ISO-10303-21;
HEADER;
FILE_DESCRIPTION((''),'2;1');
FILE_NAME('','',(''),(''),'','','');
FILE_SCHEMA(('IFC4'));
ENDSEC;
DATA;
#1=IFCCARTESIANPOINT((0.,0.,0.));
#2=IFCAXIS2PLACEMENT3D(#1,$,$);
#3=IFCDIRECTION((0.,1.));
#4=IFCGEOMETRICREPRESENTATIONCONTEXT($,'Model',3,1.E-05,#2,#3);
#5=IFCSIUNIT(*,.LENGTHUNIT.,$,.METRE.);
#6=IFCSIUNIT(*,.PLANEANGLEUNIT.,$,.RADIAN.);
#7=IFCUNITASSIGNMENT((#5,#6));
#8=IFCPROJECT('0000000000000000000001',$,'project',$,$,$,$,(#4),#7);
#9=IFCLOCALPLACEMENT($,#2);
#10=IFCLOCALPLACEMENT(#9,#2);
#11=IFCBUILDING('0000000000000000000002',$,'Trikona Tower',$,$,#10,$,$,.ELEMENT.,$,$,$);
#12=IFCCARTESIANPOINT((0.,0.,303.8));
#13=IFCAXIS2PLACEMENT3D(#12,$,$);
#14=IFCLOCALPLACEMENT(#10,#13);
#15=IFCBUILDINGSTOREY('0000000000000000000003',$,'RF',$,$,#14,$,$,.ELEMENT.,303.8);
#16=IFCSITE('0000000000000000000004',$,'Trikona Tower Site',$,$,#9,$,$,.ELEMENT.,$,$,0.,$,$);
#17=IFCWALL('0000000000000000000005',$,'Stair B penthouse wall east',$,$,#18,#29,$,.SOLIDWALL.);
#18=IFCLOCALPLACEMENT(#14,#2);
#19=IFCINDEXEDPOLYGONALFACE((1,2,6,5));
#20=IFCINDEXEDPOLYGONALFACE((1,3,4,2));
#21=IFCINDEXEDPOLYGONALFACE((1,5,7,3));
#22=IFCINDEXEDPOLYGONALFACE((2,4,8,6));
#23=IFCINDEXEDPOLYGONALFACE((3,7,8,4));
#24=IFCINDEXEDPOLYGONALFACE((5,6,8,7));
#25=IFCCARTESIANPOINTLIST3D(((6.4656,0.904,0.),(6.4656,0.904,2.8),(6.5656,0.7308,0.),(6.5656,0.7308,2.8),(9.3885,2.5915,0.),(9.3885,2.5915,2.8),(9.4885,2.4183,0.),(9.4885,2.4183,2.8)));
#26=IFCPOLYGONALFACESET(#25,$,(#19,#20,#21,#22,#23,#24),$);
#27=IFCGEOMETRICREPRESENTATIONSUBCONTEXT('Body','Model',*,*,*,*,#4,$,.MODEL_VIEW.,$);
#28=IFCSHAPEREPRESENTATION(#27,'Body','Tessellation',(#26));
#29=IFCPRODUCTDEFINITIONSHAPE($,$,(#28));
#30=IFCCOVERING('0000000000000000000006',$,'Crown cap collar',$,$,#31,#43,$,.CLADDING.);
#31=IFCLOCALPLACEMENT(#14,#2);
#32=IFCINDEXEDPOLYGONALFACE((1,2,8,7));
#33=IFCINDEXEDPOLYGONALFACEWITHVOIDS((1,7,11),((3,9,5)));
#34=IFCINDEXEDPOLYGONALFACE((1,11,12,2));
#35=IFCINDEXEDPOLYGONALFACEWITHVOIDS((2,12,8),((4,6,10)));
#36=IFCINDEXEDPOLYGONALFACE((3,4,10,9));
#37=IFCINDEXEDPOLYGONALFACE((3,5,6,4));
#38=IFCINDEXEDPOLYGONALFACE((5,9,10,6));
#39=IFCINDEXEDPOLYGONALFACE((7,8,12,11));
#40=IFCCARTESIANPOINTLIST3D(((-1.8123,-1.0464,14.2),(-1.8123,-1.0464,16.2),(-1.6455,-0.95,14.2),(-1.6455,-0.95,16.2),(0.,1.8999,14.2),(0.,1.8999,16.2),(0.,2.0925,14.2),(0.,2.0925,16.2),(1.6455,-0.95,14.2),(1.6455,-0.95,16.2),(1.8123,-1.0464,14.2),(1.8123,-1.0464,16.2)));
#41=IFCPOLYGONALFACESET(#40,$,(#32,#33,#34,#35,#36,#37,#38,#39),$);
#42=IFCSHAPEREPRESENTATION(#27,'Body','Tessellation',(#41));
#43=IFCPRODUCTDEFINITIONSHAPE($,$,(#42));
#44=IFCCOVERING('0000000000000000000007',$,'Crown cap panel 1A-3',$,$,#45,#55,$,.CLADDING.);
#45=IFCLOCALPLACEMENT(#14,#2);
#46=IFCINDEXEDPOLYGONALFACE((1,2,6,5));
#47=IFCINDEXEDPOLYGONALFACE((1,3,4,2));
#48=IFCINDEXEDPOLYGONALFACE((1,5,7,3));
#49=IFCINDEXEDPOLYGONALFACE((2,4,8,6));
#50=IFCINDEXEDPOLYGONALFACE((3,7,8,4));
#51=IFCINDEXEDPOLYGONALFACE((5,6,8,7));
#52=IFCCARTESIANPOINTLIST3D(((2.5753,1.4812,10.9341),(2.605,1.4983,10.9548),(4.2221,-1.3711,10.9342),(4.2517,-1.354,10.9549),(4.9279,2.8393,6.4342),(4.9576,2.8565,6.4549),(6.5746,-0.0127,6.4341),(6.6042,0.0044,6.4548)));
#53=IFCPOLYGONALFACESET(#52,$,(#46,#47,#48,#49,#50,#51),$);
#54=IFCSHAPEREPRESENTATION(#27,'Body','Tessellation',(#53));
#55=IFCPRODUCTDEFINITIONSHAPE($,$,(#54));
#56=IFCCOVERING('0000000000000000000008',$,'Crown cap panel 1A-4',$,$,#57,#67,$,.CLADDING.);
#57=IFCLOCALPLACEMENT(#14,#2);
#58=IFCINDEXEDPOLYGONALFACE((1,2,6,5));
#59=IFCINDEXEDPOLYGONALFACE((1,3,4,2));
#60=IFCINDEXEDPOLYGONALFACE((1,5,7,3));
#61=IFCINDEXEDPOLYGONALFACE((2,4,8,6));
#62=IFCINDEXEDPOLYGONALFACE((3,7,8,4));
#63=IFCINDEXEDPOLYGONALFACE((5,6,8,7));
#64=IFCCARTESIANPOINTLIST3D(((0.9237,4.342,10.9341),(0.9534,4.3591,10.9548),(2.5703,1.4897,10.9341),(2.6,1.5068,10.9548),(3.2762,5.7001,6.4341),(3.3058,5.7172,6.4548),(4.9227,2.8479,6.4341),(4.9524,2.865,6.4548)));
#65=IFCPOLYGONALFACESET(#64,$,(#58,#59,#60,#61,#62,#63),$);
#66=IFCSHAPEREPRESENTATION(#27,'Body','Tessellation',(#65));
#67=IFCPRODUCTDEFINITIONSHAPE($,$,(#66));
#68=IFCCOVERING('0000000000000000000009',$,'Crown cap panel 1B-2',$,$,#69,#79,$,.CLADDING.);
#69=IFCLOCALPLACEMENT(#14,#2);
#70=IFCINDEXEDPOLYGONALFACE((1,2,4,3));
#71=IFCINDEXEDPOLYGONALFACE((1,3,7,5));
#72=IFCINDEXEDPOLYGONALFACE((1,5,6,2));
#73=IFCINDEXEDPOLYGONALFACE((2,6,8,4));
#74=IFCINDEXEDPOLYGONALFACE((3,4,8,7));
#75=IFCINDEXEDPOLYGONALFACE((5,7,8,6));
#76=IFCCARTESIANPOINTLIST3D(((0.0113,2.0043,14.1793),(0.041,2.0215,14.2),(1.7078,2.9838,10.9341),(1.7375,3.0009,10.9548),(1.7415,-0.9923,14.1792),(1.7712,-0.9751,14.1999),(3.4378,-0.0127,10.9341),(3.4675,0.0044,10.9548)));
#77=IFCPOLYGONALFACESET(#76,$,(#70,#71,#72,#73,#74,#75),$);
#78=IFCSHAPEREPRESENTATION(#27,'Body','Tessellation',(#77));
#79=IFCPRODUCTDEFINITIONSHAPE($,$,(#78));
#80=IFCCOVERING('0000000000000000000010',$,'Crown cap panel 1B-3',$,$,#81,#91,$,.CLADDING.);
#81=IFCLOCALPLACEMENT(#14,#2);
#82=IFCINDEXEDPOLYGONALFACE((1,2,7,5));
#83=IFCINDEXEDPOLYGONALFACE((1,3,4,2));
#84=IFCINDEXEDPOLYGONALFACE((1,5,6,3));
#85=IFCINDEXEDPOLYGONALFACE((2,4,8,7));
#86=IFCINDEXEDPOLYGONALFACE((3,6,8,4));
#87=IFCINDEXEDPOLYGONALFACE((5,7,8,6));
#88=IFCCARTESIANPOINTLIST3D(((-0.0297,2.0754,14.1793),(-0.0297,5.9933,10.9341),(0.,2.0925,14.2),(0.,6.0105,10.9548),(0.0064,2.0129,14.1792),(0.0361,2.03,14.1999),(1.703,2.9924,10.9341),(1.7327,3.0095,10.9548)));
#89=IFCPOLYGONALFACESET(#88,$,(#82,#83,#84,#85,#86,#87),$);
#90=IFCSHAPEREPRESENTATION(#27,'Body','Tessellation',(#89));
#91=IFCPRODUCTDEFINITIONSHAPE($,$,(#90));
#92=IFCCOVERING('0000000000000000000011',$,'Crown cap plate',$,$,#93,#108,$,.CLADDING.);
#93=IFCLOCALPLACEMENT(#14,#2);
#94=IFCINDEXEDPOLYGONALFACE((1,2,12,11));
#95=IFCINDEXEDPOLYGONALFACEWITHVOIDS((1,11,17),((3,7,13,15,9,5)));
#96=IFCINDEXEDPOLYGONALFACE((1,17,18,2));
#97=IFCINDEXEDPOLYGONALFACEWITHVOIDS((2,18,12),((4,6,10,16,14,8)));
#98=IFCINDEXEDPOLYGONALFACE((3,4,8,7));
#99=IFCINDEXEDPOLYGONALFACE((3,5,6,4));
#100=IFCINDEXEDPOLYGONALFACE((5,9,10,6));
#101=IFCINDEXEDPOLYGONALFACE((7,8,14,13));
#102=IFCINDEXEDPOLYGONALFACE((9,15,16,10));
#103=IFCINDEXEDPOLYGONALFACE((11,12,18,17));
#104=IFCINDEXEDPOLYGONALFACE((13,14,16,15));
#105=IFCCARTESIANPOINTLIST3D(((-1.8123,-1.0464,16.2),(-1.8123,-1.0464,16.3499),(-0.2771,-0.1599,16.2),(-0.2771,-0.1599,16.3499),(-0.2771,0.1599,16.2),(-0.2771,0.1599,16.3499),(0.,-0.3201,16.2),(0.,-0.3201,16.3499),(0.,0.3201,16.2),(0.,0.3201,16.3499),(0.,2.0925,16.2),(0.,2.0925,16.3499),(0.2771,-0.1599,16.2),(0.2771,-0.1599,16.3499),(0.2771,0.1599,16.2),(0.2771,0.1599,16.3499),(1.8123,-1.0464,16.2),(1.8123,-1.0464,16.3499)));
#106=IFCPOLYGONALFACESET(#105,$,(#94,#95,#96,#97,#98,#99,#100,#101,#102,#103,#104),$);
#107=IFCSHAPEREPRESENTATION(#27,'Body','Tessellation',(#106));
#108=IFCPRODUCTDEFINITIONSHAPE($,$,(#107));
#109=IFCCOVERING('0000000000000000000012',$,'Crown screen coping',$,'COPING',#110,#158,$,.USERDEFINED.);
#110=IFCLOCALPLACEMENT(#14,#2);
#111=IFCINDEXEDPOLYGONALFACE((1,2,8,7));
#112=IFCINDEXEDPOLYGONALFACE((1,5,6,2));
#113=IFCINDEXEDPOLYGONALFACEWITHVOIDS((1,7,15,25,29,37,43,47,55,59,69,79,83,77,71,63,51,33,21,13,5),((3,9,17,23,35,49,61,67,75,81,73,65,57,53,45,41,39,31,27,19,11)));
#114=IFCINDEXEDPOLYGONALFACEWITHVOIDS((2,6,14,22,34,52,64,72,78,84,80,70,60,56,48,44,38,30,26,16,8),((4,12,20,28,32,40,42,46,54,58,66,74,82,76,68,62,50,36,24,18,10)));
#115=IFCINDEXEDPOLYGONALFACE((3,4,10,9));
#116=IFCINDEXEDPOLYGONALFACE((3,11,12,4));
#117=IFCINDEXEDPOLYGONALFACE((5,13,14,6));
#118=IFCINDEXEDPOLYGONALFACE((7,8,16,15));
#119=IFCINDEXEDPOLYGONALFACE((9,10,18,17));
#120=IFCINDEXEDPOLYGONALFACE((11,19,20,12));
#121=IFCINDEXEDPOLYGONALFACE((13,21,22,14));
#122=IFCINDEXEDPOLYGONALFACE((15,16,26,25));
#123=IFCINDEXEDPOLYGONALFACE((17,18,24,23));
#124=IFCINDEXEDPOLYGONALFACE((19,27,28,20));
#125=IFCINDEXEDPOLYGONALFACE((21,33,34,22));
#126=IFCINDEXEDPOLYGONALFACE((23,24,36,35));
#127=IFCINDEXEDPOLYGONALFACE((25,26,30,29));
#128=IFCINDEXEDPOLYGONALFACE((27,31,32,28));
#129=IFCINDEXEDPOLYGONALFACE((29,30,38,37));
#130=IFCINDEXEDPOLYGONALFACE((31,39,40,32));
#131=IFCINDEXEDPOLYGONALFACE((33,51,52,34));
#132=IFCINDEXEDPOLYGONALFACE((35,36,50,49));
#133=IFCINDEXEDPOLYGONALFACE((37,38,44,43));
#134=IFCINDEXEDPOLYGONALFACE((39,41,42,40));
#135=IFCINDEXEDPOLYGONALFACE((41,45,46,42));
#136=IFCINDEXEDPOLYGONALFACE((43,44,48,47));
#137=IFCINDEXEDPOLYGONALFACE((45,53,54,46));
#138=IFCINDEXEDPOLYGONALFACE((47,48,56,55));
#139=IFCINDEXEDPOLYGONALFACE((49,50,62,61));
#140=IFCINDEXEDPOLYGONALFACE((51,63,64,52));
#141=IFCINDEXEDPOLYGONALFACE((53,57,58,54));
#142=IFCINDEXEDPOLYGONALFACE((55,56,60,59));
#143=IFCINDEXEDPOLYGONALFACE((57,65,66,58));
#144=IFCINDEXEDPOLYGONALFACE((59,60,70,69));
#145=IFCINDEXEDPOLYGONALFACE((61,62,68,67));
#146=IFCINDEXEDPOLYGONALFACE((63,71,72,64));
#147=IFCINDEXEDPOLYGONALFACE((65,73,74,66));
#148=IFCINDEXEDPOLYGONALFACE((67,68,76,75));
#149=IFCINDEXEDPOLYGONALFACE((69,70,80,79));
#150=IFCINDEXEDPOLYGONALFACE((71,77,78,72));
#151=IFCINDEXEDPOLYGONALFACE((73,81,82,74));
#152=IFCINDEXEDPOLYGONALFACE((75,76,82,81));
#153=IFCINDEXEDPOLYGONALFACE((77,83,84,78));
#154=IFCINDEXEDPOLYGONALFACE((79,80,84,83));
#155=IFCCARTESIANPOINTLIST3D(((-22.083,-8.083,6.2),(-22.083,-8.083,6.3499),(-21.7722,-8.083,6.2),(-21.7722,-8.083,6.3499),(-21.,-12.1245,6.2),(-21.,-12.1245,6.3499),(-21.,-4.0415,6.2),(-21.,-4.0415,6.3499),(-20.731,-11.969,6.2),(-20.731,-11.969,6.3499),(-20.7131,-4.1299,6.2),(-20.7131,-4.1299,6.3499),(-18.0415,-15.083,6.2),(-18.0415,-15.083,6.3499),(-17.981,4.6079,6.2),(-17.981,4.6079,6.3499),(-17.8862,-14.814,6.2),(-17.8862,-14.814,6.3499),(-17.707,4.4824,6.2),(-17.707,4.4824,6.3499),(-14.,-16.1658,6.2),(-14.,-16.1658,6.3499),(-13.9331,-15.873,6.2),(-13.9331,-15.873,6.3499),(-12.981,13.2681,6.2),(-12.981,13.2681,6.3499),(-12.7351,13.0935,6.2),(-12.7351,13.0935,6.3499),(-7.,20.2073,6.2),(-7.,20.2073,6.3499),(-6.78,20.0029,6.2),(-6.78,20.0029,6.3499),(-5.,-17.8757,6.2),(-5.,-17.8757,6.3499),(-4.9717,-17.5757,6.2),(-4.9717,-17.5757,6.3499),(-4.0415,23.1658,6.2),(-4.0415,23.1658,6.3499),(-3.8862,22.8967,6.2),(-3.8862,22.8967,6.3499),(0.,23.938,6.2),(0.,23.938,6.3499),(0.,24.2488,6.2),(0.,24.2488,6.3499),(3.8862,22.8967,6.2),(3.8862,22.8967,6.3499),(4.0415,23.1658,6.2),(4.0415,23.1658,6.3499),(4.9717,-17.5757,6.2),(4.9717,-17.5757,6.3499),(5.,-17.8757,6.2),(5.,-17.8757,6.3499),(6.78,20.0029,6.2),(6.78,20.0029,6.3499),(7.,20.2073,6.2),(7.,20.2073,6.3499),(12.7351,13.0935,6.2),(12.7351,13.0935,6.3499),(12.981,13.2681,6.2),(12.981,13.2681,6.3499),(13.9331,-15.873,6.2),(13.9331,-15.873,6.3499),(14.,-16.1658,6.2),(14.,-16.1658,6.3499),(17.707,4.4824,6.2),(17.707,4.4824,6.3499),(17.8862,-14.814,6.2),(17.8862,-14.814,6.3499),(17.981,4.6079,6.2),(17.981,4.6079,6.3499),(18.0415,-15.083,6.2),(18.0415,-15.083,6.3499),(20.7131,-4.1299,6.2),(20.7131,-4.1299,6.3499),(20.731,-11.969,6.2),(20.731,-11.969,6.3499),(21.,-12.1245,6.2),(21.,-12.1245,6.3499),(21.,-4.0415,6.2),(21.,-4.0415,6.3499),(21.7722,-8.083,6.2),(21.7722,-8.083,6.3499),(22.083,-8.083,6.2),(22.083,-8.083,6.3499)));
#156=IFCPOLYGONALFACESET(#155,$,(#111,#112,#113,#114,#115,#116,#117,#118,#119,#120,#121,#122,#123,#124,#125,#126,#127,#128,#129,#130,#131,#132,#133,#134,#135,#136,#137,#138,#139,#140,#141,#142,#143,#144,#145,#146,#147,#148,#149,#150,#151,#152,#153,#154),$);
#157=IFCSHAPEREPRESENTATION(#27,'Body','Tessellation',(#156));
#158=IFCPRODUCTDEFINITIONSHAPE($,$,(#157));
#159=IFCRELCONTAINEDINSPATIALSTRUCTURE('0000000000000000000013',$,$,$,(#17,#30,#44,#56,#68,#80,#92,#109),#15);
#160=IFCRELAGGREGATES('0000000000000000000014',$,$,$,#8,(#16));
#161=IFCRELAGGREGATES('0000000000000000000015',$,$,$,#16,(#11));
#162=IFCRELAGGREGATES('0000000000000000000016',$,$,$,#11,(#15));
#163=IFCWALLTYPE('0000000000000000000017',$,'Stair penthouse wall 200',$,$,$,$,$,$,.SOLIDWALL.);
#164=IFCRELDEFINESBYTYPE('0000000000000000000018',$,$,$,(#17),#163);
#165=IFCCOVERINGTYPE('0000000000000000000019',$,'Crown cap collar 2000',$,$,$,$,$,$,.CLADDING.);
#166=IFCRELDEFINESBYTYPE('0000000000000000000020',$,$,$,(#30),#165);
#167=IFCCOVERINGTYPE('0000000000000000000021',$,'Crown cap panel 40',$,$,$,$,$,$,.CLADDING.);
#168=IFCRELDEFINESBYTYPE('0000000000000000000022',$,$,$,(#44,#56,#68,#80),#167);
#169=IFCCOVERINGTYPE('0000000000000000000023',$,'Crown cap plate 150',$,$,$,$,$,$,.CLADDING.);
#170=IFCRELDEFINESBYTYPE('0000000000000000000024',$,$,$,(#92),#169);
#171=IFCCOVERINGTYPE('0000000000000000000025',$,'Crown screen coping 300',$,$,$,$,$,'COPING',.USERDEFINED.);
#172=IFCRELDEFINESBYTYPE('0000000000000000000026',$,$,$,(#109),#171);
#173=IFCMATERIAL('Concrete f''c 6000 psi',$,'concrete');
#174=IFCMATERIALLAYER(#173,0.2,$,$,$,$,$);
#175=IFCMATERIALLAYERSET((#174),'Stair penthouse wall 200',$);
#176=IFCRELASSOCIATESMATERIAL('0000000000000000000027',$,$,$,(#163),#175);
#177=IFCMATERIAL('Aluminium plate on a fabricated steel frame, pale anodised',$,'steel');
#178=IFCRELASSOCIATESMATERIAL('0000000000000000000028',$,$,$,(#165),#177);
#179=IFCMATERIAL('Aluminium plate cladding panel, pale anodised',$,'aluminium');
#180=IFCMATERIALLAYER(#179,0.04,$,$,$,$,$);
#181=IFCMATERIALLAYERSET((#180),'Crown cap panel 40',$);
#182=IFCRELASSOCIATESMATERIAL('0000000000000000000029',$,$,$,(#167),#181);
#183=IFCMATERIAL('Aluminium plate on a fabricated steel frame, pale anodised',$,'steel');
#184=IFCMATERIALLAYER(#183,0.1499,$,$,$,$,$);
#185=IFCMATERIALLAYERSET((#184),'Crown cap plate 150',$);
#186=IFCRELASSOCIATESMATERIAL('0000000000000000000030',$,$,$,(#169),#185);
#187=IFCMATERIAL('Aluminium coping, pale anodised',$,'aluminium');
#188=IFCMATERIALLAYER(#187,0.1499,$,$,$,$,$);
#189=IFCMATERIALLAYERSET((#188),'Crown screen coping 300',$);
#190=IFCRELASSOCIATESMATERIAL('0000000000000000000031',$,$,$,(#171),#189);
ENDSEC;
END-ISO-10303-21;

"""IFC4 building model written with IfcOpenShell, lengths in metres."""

from ifc_helpers import new_model, si_unit, direction, frame, frame_2d, origin, place, context, subcontext, project, spatial, polyline, rectangle, outline, extrude, material, layer, layer_set, type_object, element, save


model = new_model("IFC4")

# Units and contexts
model_context = context("Model", 3, precision=1e-05, world=origin(), true_north=direction((0.0, 1.0)))
body_context = subcontext(model_context, "Body", "Model", "MODEL_VIEW")
ifc_project = project(units=[si_unit("LENGTHUNIT", "METRE"), si_unit("PLANEANGLEUNIT", "RADIAN")], contexts=[model_context])

# Site, building, storey
site_placement = place(None, origin())
site = spatial("IfcSite", under=ifc_project, at=site_placement, Name="Trikona Tower Site", CompositionType="ELEMENT", RefElevation=0.0)
building_placement = place(site_placement, origin())
building = spatial("IfcBuilding", under=site, at=building_placement, Name="Trikona Tower", CompositionType="ELEMENT")
storey_placement = place(building_placement, frame((0.0, 0.0, 303.8)))
storey = spatial("IfcBuildingStorey", under=building, at=storey_placement, Name="RF", CompositionType="ELEMENT", Elevation=303.8)

# Wall
ifc_material_1 = material(Name="Concrete f'c 6000 psi", Category="concrete")
ifc_layer_1 = layer(ifc_material_1, 0.2)
ifc_layer_set_1 = layer_set([ifc_layer_1], Name="Stair penthouse wall 200")
wall_type = type_object("IfcWallType", Name="Stair penthouse wall 200", PredefinedType="SOLIDWALL", material=ifc_layer_set_1)
wall_placement = place(storey_placement, frame((6.5156, 0.8174, 0.0), z_axis=(0.0, 0.0, 1.0), x_axis=(0.866027, 0.499998, 0.0)))
element("IfcWall", 1, at=wall_placement, inside=storey, type_object=wall_type, Name="Stair B penthouse wall east", PredefinedType="SOLIDWALL", context=body_context, shape_type="SweptSolid", body=[
    extrude(rectangle(XDim=3.375, YDim=0.2, at=frame_2d((1.6875, 0.0))), origin(), (0.0, 0.0, 1.0), 2.8),
])

# Coverings
ifc_material_2 = material(Name="Aluminium plate on a fabricated steel frame, pale anodised", Category="steel")
covering_type_1 = type_object("IfcCoveringType", Name="Crown cap collar 2000", PredefinedType="CLADDING", material=ifc_material_2)
covering_1_placement = place(storey_placement, frame((0.0, 0.0, 14.2)))
element("IfcCovering", 2, at=covering_1_placement, inside=storey, type_object=covering_type_1, Name="Crown cap collar", PredefinedType="CLADDING", context=body_context, shape_type="SweptSolid", body=[
    extrude(outline(polyline([(1.8123, -1.0464), (0.0, 2.0925), (-1.8123, -1.0464), (1.8123, -1.0464)]), holes=[polyline([(1.6455, -0.95), (0.0, 1.8999), (-1.6455, -0.95), (1.6455, -0.95)])]), origin(), (0.0, 0.0, 1.0), 2.0),
])
ifc_material_3 = material(Name="Aluminium plate cladding panel, pale anodised", Category="aluminium")
ifc_layer_2 = layer(ifc_material_3, 0.04)
ifc_layer_set_2 = layer_set([ifc_layer_2], Name="Crown cap panel 40")
covering_type_2 = type_object("IfcCoveringType", Name="Crown cap panel 40", PredefinedType="CLADDING", material=ifc_layer_set_2)
covering_2_placement = place(storey_placement, frame((6.6042, 0.0044, 6.4548), z_axis=(0.741406, 0.428058, 0.516802), x_axis=(-0.50001, 0.86602, 0.000008)))
element("IfcCovering", 3, at=covering_2_placement, inside=storey, type_object=covering_type_2, Name="Crown cap panel 1A-3", PredefinedType="CLADDING", context=body_context, shape_type="SweptSolid", body=[
    extrude(outline(polyline([(0.0, 0.0), (3.2933, 0.0), (3.2935, 5.2563), (-0.0001, 5.2564), (0.0, 0.0)])), origin(), (0.0, 0.0, -1.0), 0.04),
])
covering_3_placement = place(storey_placement, frame((4.9524, 2.865, 6.4548), z_axis=(0.74144, 0.428027, 0.516778), x_axis=(-0.499955, 0.866052, -0.000014)))
element("IfcCovering", 4, at=covering_3_placement, inside=storey, type_object=covering_type_2, Name="Crown cap panel 1A-4", PredefinedType="CLADDING", context=body_context, shape_type="SweptSolid", body=[
    extrude(outline(polyline([(0.0, 0.0), (3.2934, 0.0), (3.2933, 5.2563), (-0.0003, 5.2562), (0.0, 0.0)])), origin(), (0.0, 0.0, -1.0), 0.04),
])
covering_4_placement = place(storey_placement, frame((3.4675, 0.0044, 10.9548), z_axis=(0.741415, 0.428062, 0.516785), x_axis=(-0.499998, 0.866026, -0.000014)))
element("IfcCovering", 5, at=covering_4_placement, inside=storey, type_object=covering_type_2, Name="Crown cap panel 1B-2", PredefinedType="CLADDING", context=body_context, shape_type="SweptSolid", body=[
    extrude(outline(polyline([(0.0, 0.0), (3.4601, 0.0), (3.4601, 3.7906), (-0.0002, 3.7905), (0.0, 0.0)])), origin(), (0.0, 0.0, -1.0), 0.04),
])
covering_5_placement = place(storey_placement, frame((1.7327, 3.0095, 10.9548), z_axis=(0.741392, 0.428067, 0.516813), x_axis=(-0.500018, 0.866015, -0.000005)))
element("IfcCovering", 6, at=covering_5_placement, inside=storey, type_object=covering_type_2, Name="Crown cap panel 1B-3", PredefinedType="CLADDING", context=body_context, shape_type="SweptSolid", body=[
    extrude(outline(polyline([(0.0, 0.0), (3.4653, 0.0), (0.0722, 3.7906), (0.0, 3.7906), (0.0, 0.0)])), origin(), (0.0, 0.0, -1.0), 0.04),
])
ifc_material_4 = material(Name="Aluminium plate on a fabricated steel frame, pale anodised", Category="steel")
ifc_layer_3 = layer(ifc_material_4, 0.1499)
ifc_layer_set_3 = layer_set([ifc_layer_3], Name="Crown cap plate 150")
covering_type_3 = type_object("IfcCoveringType", Name="Crown cap plate 150", PredefinedType="CLADDING", material=ifc_layer_set_3)
covering_6_placement = place(storey_placement, frame((0.0, 0.0, 16.2)))
element("IfcCovering", 7, at=covering_6_placement, inside=storey, type_object=covering_type_3, Name="Crown cap plate", PredefinedType="CLADDING", context=body_context, shape_type="SweptSolid", body=[
    extrude(outline(polyline([(1.8123, -1.0464), (0.0, 2.0925), (-1.8123, -1.0464), (1.8123, -1.0464)]), holes=[polyline([(0.2771, 0.1599), (0.0, 0.3201), (-0.2771, 0.1599), (-0.2771, -0.1599), (0.0, -0.3201), (0.2771, -0.1599), (0.2771, 0.1599)])]), origin(), (0.0, 0.0, 1.0), 0.1499),
])
ifc_material_5 = material(Name="Aluminium coping, pale anodised", Category="aluminium")
ifc_layer_4 = layer(ifc_material_5, 0.1499)
ifc_layer_set_4 = layer_set([ifc_layer_4], Name="Crown screen coping 300")
covering_type_4 = type_object("IfcCoveringType", Name="Crown screen coping 300", ElementType="COPING", PredefinedType="USERDEFINED", material=ifc_layer_set_4)
covering_7_placement = place(storey_placement, frame((0.0, 0.0, 6.2)))
element("IfcCovering", 8, at=covering_7_placement, inside=storey, type_object=covering_type_4, Name="Crown screen coping", ObjectType="COPING", PredefinedType="USERDEFINED", context=body_context, shape_type="SweptSolid", body=[
    extrude(outline(polyline([(-14.0, -16.1658), (-18.0415, -15.083), (-21.0, -12.1245), (-22.083, -8.083), (-21.0, -4.0415), (-17.981, 4.6079), (-12.981, 13.2681), (-7.0, 20.2073), (-4.0415, 23.1658), (0.0, 24.2488), (4.0415, 23.1658), (7.0, 20.2073), (12.981, 13.2681), (17.981, 4.6079), (21.0, -4.0415), (22.083, -8.083), (21.0, -12.1245), (18.0415, -15.083), (14.0, -16.1658), (5.0, -17.8757), (-5.0, -17.8757), (-14.0, -16.1658)]), holes=[polyline([(-13.9331, -15.873), (-17.8862, -14.814), (-20.731, -11.969), (-21.7722, -8.083), (-20.7131, -4.1299), (-17.707, 4.4824), (-12.7351, 13.0935), (-6.78, 20.0029), (-3.8862, 22.8967), (0.0, 23.938), (3.8862, 22.8967), (6.78, 20.0029), (12.7351, 13.0935), (17.707, 4.4824), (20.7131, -4.1299), (21.7722, -8.083), (20.731, -11.969), (17.8862, -14.814), (13.9331, -15.873), (4.9717, -17.5757), (-4.9717, -17.5757), (-13.9331, -15.873)])]), origin(), (0.0, 0.0, 1.0), 0.1499),
])

save(model, "model.ifc")
